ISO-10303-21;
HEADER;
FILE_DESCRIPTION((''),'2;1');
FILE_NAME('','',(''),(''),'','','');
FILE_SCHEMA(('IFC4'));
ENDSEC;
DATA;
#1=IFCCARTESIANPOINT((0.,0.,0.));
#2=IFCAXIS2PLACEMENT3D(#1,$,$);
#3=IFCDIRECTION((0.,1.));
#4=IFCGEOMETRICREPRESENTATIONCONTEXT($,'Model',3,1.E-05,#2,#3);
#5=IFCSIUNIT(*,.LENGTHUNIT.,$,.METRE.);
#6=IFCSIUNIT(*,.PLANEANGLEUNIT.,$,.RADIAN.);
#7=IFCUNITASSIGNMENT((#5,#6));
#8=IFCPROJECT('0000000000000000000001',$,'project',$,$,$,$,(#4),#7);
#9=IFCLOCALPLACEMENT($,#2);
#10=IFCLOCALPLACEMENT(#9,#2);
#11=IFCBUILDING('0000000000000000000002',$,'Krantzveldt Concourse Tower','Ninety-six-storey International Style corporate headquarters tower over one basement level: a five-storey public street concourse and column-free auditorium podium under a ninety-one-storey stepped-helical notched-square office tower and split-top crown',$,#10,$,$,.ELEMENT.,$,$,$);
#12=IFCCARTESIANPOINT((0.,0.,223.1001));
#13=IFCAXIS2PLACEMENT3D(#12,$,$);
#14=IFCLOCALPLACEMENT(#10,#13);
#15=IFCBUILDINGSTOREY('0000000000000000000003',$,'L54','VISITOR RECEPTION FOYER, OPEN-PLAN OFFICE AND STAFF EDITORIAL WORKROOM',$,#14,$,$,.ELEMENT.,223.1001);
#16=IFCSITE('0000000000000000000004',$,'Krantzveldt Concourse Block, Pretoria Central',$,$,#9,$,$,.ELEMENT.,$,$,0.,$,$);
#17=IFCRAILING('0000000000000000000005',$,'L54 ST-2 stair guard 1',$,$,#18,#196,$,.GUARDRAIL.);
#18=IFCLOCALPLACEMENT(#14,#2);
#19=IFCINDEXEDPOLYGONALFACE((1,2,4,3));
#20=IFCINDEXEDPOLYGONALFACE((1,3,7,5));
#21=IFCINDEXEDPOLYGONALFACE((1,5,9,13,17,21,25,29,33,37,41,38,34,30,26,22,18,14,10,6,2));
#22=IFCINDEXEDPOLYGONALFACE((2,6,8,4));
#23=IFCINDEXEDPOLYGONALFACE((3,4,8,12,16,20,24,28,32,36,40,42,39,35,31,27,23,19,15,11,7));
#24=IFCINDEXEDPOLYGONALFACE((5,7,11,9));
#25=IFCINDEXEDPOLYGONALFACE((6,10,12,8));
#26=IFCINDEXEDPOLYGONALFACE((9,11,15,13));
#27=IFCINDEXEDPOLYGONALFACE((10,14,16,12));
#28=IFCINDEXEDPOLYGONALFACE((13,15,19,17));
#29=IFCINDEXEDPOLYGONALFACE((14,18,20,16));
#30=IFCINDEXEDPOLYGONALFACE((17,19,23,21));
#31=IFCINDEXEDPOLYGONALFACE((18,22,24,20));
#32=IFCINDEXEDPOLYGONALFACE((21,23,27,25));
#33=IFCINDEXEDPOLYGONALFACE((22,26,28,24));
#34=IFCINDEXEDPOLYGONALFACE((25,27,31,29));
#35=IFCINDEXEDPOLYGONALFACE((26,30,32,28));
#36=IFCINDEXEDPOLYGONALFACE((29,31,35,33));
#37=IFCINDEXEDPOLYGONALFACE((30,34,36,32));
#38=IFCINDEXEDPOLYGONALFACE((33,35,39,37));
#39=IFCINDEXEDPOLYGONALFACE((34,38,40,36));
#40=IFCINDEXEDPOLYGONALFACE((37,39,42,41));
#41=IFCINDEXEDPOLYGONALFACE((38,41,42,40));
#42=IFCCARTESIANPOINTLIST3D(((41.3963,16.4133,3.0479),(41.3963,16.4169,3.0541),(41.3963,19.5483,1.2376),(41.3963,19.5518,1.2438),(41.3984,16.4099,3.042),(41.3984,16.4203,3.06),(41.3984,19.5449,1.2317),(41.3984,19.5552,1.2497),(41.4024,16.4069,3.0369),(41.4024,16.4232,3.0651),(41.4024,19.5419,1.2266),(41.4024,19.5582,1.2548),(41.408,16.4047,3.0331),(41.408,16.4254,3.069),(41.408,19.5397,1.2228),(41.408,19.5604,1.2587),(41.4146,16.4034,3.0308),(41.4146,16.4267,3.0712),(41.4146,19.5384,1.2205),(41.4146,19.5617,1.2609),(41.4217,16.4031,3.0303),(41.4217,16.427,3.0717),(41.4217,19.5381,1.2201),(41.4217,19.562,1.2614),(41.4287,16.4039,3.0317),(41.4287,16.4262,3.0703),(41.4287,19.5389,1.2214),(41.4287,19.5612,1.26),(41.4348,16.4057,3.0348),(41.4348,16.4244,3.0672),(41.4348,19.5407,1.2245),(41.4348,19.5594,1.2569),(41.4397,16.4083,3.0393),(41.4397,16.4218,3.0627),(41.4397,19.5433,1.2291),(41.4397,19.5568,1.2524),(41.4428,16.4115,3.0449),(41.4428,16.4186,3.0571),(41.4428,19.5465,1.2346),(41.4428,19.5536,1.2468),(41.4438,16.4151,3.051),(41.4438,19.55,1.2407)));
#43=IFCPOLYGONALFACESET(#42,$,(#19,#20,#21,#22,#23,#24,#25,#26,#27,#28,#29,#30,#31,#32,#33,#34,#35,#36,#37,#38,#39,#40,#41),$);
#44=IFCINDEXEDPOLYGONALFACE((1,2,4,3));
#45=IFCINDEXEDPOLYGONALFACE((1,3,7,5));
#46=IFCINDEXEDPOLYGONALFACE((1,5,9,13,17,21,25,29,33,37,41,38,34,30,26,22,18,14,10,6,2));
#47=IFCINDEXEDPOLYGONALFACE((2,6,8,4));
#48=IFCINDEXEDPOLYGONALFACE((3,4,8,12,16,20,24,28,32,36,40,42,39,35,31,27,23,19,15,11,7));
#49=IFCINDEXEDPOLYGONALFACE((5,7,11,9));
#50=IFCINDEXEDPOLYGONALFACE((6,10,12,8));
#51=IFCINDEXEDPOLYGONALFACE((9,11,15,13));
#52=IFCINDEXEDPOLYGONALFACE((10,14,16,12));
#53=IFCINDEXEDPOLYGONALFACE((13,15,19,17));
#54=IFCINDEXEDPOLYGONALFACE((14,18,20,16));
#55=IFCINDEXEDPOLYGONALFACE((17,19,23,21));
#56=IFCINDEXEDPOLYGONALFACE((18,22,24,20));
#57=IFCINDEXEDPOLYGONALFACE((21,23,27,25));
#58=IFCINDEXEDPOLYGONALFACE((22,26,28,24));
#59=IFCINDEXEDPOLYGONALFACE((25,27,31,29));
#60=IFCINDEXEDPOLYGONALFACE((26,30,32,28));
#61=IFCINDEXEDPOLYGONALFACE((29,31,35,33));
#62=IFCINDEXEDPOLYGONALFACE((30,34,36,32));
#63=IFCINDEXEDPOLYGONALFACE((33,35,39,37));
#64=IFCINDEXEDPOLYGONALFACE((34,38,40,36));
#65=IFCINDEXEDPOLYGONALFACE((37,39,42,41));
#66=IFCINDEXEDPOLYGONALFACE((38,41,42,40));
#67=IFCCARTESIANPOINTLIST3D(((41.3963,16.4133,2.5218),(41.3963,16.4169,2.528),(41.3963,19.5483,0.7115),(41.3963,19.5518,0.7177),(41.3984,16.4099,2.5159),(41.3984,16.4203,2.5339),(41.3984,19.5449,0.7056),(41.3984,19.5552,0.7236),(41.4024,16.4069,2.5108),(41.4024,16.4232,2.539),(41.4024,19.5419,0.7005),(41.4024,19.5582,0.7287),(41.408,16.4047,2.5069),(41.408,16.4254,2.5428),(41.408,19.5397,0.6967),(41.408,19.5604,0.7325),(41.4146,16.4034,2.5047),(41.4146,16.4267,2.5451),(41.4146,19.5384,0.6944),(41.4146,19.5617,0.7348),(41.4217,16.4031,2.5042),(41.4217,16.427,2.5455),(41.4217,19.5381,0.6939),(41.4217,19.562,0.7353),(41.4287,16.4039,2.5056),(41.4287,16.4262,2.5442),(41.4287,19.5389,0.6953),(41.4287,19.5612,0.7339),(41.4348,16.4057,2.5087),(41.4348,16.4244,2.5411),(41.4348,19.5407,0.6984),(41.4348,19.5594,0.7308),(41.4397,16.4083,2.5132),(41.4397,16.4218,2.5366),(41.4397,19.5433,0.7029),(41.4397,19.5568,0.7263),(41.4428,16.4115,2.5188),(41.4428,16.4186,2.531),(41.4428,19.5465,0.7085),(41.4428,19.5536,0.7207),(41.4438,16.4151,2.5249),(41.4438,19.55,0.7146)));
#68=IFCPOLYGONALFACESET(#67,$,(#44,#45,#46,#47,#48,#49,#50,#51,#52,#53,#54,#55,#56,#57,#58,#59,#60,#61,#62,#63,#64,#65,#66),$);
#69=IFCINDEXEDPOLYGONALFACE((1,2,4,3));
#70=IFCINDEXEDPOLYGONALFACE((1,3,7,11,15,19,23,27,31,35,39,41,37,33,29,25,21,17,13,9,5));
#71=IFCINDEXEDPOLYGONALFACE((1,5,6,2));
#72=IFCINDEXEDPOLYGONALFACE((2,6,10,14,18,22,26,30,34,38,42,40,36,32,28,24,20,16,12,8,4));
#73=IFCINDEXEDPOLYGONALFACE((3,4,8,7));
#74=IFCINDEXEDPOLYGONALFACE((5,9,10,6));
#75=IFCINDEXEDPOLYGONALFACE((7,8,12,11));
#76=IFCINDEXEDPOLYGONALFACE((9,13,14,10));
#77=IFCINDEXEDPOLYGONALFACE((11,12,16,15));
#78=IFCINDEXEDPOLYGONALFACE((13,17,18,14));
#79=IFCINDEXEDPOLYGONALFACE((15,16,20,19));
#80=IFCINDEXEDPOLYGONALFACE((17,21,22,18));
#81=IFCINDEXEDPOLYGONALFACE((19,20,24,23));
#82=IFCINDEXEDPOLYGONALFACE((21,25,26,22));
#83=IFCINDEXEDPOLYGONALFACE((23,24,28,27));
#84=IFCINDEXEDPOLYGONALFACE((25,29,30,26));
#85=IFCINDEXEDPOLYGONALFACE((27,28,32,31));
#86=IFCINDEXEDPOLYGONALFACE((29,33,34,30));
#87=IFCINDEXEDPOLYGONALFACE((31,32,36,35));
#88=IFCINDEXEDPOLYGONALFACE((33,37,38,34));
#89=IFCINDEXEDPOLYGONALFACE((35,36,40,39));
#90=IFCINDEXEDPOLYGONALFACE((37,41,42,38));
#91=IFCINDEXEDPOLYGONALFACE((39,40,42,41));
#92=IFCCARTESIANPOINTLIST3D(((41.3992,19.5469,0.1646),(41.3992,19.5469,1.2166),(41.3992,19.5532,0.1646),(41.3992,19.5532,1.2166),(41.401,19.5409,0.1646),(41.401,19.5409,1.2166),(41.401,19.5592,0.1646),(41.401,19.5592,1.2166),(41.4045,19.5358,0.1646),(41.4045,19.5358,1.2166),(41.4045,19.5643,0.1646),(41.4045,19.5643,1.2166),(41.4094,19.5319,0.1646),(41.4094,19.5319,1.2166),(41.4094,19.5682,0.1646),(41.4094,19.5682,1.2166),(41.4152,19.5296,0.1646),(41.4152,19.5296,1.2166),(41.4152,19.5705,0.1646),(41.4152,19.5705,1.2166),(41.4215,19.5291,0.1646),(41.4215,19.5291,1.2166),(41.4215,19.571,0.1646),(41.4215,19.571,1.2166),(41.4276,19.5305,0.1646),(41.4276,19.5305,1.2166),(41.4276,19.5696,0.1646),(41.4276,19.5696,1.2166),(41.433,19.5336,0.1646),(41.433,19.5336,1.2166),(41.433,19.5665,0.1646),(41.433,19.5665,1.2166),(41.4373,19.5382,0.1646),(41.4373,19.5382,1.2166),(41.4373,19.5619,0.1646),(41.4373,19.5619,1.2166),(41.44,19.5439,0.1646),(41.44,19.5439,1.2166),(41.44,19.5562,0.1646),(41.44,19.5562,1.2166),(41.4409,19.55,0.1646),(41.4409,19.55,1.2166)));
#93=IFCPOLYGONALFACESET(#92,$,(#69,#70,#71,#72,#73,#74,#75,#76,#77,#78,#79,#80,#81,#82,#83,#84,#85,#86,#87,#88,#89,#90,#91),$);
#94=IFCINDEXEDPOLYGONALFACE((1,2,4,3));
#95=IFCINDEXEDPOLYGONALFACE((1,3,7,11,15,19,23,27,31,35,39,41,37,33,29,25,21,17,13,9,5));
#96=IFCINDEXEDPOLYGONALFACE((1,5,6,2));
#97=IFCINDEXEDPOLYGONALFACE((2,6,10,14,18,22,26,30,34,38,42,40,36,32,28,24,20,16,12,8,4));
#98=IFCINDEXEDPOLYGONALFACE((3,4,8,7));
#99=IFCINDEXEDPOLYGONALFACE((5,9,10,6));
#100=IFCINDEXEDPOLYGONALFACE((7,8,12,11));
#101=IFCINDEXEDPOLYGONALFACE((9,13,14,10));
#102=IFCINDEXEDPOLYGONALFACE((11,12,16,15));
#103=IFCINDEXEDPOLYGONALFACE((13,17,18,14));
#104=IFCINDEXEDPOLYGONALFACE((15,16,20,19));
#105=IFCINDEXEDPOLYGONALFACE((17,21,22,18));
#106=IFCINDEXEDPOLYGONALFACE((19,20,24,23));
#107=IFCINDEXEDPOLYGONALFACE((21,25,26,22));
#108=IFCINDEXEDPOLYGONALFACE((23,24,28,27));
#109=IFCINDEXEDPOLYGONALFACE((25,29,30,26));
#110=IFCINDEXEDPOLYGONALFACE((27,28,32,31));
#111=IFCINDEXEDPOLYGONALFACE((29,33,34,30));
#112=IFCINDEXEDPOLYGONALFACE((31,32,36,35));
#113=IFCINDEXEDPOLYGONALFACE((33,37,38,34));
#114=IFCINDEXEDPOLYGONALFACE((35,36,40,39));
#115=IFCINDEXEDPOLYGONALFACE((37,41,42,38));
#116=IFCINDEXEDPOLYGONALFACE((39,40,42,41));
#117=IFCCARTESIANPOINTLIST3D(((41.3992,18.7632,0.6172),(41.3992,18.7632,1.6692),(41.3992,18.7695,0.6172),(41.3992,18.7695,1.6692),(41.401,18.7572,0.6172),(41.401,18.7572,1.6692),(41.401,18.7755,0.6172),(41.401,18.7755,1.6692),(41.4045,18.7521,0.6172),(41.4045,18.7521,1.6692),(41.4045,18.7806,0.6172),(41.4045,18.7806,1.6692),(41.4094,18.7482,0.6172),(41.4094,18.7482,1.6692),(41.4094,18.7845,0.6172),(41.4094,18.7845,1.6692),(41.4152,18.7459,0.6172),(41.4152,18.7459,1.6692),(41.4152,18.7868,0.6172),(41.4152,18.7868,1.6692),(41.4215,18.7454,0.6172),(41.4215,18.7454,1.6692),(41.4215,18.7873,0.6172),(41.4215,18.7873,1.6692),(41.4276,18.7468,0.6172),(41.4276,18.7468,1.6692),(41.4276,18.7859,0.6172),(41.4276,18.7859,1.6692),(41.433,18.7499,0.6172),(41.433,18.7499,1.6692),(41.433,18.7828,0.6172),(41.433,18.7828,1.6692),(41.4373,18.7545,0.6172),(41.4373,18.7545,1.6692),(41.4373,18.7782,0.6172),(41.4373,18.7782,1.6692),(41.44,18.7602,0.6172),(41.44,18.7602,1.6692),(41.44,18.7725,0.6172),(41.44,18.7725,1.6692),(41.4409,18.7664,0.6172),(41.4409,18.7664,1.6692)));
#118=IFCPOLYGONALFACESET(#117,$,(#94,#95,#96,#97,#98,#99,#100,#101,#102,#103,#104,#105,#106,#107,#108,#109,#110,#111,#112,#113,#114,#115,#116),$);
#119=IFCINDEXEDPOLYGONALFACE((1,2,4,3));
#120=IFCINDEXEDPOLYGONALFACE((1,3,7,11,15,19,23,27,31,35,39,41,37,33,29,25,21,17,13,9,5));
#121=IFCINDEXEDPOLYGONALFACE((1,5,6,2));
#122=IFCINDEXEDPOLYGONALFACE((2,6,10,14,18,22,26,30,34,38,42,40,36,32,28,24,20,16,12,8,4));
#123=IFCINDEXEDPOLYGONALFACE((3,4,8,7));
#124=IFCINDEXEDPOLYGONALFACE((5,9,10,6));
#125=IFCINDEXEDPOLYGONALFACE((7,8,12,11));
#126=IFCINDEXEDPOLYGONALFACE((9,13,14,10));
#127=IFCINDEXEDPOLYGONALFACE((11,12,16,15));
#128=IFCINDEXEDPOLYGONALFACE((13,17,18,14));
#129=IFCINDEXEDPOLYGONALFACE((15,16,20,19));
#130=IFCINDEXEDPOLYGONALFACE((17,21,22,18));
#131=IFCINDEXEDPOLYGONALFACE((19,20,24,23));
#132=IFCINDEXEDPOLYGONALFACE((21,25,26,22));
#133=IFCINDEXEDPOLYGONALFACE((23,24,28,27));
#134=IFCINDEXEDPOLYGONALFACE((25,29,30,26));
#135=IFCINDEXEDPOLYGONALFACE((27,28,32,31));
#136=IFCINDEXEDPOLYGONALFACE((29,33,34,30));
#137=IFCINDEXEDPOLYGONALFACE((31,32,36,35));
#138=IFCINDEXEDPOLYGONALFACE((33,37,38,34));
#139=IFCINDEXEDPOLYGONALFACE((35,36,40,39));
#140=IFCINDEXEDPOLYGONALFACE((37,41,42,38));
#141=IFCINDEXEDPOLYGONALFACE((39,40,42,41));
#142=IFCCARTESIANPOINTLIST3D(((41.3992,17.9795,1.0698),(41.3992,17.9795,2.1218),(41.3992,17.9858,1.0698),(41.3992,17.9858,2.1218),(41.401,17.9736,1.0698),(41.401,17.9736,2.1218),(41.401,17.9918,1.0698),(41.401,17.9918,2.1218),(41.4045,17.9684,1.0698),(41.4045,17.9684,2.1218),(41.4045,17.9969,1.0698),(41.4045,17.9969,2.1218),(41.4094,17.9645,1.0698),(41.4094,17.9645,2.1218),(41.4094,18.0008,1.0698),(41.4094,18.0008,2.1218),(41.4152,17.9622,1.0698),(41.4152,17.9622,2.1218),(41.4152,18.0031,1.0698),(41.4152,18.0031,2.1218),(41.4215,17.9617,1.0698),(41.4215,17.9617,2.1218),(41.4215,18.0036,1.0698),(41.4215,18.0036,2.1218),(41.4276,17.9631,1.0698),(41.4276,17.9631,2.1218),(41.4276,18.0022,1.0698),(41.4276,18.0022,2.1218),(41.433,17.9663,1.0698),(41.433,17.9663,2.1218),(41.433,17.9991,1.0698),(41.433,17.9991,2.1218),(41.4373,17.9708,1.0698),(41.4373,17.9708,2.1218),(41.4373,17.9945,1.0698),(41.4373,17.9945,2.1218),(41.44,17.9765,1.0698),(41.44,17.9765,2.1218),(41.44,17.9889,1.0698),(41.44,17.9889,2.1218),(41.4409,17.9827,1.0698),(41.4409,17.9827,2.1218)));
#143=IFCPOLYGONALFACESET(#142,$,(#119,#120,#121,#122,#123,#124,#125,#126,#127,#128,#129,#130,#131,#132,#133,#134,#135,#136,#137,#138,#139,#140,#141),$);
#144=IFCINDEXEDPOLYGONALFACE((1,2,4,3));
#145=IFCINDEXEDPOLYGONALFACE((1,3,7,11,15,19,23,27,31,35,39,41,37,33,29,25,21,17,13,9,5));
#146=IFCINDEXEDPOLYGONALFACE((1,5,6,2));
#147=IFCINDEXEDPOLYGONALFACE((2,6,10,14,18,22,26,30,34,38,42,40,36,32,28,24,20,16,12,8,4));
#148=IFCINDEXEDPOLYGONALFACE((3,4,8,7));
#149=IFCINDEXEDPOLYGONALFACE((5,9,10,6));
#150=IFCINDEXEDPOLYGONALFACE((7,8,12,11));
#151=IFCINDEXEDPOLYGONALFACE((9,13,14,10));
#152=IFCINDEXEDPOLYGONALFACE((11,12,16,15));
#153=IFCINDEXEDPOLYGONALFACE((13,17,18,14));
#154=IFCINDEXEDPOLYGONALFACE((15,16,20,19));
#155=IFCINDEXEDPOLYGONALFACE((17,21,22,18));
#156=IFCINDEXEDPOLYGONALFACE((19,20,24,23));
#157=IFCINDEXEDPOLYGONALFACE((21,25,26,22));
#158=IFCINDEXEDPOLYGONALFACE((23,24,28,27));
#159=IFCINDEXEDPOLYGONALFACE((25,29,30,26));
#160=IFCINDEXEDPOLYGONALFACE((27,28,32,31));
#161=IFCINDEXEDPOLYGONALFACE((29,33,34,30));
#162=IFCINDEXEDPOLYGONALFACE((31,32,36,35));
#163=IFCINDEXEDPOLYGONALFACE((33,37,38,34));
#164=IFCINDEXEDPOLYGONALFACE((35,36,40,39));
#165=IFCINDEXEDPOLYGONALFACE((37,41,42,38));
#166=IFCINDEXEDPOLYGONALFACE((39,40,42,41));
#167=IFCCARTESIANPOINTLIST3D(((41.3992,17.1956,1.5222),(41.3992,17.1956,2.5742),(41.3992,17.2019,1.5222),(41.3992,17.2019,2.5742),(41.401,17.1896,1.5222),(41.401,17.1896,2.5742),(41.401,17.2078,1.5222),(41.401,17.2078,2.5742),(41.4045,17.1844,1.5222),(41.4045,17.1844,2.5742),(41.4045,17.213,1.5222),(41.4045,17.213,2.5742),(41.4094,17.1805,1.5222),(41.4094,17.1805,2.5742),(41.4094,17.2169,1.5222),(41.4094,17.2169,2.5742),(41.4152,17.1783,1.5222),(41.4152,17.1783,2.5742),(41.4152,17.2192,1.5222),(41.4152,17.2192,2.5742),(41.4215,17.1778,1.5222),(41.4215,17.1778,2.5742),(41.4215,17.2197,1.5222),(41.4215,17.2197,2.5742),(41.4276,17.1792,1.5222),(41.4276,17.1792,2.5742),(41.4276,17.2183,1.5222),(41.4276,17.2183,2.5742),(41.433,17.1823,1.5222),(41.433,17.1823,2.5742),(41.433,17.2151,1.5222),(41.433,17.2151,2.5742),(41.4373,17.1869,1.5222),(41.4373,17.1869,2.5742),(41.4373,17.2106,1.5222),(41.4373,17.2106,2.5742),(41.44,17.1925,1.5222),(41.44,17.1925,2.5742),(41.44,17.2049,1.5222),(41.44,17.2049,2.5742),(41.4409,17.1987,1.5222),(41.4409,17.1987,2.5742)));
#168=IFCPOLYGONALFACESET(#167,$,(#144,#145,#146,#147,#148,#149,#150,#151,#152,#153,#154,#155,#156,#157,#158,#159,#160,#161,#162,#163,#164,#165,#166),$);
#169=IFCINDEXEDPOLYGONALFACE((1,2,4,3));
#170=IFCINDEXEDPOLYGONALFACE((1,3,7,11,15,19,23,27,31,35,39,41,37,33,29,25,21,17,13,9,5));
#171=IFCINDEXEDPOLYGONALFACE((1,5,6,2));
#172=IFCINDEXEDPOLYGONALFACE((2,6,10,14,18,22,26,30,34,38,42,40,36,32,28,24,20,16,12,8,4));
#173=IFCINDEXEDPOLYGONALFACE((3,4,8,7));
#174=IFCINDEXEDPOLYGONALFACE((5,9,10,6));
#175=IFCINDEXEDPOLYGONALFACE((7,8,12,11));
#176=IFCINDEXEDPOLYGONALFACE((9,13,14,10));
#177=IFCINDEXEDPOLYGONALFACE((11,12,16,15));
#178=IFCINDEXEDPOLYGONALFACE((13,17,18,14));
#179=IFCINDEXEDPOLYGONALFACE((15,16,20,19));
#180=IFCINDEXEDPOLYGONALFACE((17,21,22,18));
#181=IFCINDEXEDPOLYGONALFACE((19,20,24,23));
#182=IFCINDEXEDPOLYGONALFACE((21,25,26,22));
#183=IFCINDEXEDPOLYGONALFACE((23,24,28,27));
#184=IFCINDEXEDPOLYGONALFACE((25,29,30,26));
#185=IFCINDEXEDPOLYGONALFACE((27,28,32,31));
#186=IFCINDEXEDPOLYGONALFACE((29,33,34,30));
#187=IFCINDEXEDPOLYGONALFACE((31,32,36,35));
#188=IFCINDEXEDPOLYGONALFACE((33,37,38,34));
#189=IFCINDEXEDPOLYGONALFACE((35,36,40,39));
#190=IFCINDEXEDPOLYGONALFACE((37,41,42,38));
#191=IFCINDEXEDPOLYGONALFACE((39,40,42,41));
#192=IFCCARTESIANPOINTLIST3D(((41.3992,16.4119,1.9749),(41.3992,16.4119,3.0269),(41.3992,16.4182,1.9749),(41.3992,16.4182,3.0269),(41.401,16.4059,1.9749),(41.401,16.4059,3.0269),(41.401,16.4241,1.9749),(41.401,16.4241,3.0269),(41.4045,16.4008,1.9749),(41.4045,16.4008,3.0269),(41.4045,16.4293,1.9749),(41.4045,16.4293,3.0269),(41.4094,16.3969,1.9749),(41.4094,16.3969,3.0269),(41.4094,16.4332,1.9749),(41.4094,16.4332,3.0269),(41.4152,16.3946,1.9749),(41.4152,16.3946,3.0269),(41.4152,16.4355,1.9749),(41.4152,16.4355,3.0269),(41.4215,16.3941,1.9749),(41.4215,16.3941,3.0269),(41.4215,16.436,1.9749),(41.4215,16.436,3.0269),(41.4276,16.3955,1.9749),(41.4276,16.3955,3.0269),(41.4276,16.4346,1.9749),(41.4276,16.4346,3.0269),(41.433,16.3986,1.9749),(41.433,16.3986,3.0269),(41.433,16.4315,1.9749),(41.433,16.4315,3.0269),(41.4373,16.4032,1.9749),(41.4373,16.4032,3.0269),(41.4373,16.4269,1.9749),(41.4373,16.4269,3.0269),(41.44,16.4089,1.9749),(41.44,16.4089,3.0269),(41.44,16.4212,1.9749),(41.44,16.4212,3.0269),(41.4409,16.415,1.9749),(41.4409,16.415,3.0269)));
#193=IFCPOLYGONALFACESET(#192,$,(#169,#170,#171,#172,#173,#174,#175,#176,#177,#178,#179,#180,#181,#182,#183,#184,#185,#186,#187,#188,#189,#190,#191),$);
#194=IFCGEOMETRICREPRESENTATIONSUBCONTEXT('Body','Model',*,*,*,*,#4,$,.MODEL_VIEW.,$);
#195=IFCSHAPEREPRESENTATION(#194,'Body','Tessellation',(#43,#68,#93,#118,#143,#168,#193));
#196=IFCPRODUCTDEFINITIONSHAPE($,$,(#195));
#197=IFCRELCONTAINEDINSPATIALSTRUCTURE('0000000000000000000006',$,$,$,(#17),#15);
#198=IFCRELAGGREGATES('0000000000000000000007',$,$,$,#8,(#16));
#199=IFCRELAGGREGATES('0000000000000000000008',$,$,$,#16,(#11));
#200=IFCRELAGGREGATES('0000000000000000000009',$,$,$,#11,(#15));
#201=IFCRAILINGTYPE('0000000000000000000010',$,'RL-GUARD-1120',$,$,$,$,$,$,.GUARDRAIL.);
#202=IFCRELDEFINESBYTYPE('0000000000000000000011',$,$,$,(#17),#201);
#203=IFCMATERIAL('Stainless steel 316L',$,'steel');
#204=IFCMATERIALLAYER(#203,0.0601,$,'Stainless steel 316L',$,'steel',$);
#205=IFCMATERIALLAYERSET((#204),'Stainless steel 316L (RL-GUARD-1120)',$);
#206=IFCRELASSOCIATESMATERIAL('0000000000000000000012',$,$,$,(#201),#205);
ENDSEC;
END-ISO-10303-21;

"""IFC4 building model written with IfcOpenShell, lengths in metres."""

from ifc_helpers import new_model, si_unit, direction, frame, origin, origin_2d, place, context, subcontext, project, spatial, circle, extrude, material, layer, layer_set, type_object, element, save


model = new_model("IFC4")

# Units and contexts
model_context = context("Model", 3, precision=1e-05, world=origin(), true_north=direction((0.0, 1.0)))
body_context = subcontext(model_context, "Body", "Model", "MODEL_VIEW")
ifc_project = project(units=[si_unit("LENGTHUNIT", "METRE"), si_unit("PLANEANGLEUNIT", "RADIAN")], contexts=[model_context])

# Site, building, storey
site_placement = place(None, origin())
site = spatial("IfcSite", under=ifc_project, at=site_placement, Name="Krantzveldt Concourse Block, Pretoria Central", CompositionType="ELEMENT", RefElevation=0.0)
building_placement = place(site_placement, origin())
building = spatial("IfcBuilding", under=site, at=building_placement, Name="Krantzveldt Concourse Tower", Description="Ninety-six-storey International Style corporate headquarters tower over one basement level: a five-storey public street concourse and column-free auditorium podium under a ninety-one-storey stepped-helical notched-square office tower and split-top crown", CompositionType="ELEMENT")
storey_placement = place(building_placement, frame((0.0, 0.0, 223.1001)))
storey = spatial("IfcBuildingStorey", under=building, at=storey_placement, Name="L54", Description="VISITOR RECEPTION FOYER, OPEN-PLAN OFFICE AND STAFF EDITORIAL WORKROOM", CompositionType="ELEMENT", Elevation=223.1001)

# Shared definitions
ifc_material_1 = material(Name="Stainless steel 316L", Category="steel")

# Railing
ifc_layer_1 = layer(ifc_material_1, 0.0601, Name="Stainless steel 316L", Category="steel")
ifc_layer_set_1 = layer_set([ifc_layer_1], Name="Stainless steel 316L (RL-GUARD-1120)")
railing_type_1 = type_object("IfcRailingType", Name="RL-GUARD-1120", PredefinedType="GUARDRAIL", material=ifc_layer_set_1)
railing_1_placement = place(storey_placement, frame((41.4199, 19.55, 0.1646)))
element("IfcRailing", 1, at=railing_1_placement, inside=storey, type_object=railing_type_1, Name="L54 ST-2 stair guard 1", PredefinedType="GUARDRAIL", context=body_context, shape_type="SweptSolid", body=[
    extrude(circle(Radius=0.0239, at=origin_2d()), frame((0.0, 0.0, 1.0762), z_axis=(0.0, -0.865989, 0.500063), x_axis=(1.0, 0.0, 0.0)), (0.0, 0.0, 1.0), 3.6201),
    extrude(circle(Radius=0.0239, at=origin_2d()), frame((0.0, 0.0, 0.55), z_axis=(0.0, -0.865989, 0.500063), x_axis=(1.0, 0.0, 0.0)), (0.0, 0.0, 1.0), 3.6201),
    extrude(circle(Radius=0.021, at=origin_2d()), origin(), (0.0, 0.0, 1.0), 1.052),
    extrude(circle(Radius=0.021, at=origin_2d()), frame((0.0, -0.7837, 0.4526)), (0.0, 0.0, 1.0), 1.052),
    extrude(circle(Radius=0.021, at=origin_2d()), frame((0.0, -1.5674, 0.9053)), (0.0, 0.0, 1.0), 1.052),
    extrude(circle(Radius=0.021, at=origin_2d()), frame((0.0, -2.3513, 1.3577)), (0.0, 0.0, 1.0), 1.052),
    extrude(circle(Radius=0.021, at=origin_2d()), frame((0.0, -3.135, 1.8103)), (0.0, 0.0, 1.0), 1.052),
])

save(model, "model.ifc")
